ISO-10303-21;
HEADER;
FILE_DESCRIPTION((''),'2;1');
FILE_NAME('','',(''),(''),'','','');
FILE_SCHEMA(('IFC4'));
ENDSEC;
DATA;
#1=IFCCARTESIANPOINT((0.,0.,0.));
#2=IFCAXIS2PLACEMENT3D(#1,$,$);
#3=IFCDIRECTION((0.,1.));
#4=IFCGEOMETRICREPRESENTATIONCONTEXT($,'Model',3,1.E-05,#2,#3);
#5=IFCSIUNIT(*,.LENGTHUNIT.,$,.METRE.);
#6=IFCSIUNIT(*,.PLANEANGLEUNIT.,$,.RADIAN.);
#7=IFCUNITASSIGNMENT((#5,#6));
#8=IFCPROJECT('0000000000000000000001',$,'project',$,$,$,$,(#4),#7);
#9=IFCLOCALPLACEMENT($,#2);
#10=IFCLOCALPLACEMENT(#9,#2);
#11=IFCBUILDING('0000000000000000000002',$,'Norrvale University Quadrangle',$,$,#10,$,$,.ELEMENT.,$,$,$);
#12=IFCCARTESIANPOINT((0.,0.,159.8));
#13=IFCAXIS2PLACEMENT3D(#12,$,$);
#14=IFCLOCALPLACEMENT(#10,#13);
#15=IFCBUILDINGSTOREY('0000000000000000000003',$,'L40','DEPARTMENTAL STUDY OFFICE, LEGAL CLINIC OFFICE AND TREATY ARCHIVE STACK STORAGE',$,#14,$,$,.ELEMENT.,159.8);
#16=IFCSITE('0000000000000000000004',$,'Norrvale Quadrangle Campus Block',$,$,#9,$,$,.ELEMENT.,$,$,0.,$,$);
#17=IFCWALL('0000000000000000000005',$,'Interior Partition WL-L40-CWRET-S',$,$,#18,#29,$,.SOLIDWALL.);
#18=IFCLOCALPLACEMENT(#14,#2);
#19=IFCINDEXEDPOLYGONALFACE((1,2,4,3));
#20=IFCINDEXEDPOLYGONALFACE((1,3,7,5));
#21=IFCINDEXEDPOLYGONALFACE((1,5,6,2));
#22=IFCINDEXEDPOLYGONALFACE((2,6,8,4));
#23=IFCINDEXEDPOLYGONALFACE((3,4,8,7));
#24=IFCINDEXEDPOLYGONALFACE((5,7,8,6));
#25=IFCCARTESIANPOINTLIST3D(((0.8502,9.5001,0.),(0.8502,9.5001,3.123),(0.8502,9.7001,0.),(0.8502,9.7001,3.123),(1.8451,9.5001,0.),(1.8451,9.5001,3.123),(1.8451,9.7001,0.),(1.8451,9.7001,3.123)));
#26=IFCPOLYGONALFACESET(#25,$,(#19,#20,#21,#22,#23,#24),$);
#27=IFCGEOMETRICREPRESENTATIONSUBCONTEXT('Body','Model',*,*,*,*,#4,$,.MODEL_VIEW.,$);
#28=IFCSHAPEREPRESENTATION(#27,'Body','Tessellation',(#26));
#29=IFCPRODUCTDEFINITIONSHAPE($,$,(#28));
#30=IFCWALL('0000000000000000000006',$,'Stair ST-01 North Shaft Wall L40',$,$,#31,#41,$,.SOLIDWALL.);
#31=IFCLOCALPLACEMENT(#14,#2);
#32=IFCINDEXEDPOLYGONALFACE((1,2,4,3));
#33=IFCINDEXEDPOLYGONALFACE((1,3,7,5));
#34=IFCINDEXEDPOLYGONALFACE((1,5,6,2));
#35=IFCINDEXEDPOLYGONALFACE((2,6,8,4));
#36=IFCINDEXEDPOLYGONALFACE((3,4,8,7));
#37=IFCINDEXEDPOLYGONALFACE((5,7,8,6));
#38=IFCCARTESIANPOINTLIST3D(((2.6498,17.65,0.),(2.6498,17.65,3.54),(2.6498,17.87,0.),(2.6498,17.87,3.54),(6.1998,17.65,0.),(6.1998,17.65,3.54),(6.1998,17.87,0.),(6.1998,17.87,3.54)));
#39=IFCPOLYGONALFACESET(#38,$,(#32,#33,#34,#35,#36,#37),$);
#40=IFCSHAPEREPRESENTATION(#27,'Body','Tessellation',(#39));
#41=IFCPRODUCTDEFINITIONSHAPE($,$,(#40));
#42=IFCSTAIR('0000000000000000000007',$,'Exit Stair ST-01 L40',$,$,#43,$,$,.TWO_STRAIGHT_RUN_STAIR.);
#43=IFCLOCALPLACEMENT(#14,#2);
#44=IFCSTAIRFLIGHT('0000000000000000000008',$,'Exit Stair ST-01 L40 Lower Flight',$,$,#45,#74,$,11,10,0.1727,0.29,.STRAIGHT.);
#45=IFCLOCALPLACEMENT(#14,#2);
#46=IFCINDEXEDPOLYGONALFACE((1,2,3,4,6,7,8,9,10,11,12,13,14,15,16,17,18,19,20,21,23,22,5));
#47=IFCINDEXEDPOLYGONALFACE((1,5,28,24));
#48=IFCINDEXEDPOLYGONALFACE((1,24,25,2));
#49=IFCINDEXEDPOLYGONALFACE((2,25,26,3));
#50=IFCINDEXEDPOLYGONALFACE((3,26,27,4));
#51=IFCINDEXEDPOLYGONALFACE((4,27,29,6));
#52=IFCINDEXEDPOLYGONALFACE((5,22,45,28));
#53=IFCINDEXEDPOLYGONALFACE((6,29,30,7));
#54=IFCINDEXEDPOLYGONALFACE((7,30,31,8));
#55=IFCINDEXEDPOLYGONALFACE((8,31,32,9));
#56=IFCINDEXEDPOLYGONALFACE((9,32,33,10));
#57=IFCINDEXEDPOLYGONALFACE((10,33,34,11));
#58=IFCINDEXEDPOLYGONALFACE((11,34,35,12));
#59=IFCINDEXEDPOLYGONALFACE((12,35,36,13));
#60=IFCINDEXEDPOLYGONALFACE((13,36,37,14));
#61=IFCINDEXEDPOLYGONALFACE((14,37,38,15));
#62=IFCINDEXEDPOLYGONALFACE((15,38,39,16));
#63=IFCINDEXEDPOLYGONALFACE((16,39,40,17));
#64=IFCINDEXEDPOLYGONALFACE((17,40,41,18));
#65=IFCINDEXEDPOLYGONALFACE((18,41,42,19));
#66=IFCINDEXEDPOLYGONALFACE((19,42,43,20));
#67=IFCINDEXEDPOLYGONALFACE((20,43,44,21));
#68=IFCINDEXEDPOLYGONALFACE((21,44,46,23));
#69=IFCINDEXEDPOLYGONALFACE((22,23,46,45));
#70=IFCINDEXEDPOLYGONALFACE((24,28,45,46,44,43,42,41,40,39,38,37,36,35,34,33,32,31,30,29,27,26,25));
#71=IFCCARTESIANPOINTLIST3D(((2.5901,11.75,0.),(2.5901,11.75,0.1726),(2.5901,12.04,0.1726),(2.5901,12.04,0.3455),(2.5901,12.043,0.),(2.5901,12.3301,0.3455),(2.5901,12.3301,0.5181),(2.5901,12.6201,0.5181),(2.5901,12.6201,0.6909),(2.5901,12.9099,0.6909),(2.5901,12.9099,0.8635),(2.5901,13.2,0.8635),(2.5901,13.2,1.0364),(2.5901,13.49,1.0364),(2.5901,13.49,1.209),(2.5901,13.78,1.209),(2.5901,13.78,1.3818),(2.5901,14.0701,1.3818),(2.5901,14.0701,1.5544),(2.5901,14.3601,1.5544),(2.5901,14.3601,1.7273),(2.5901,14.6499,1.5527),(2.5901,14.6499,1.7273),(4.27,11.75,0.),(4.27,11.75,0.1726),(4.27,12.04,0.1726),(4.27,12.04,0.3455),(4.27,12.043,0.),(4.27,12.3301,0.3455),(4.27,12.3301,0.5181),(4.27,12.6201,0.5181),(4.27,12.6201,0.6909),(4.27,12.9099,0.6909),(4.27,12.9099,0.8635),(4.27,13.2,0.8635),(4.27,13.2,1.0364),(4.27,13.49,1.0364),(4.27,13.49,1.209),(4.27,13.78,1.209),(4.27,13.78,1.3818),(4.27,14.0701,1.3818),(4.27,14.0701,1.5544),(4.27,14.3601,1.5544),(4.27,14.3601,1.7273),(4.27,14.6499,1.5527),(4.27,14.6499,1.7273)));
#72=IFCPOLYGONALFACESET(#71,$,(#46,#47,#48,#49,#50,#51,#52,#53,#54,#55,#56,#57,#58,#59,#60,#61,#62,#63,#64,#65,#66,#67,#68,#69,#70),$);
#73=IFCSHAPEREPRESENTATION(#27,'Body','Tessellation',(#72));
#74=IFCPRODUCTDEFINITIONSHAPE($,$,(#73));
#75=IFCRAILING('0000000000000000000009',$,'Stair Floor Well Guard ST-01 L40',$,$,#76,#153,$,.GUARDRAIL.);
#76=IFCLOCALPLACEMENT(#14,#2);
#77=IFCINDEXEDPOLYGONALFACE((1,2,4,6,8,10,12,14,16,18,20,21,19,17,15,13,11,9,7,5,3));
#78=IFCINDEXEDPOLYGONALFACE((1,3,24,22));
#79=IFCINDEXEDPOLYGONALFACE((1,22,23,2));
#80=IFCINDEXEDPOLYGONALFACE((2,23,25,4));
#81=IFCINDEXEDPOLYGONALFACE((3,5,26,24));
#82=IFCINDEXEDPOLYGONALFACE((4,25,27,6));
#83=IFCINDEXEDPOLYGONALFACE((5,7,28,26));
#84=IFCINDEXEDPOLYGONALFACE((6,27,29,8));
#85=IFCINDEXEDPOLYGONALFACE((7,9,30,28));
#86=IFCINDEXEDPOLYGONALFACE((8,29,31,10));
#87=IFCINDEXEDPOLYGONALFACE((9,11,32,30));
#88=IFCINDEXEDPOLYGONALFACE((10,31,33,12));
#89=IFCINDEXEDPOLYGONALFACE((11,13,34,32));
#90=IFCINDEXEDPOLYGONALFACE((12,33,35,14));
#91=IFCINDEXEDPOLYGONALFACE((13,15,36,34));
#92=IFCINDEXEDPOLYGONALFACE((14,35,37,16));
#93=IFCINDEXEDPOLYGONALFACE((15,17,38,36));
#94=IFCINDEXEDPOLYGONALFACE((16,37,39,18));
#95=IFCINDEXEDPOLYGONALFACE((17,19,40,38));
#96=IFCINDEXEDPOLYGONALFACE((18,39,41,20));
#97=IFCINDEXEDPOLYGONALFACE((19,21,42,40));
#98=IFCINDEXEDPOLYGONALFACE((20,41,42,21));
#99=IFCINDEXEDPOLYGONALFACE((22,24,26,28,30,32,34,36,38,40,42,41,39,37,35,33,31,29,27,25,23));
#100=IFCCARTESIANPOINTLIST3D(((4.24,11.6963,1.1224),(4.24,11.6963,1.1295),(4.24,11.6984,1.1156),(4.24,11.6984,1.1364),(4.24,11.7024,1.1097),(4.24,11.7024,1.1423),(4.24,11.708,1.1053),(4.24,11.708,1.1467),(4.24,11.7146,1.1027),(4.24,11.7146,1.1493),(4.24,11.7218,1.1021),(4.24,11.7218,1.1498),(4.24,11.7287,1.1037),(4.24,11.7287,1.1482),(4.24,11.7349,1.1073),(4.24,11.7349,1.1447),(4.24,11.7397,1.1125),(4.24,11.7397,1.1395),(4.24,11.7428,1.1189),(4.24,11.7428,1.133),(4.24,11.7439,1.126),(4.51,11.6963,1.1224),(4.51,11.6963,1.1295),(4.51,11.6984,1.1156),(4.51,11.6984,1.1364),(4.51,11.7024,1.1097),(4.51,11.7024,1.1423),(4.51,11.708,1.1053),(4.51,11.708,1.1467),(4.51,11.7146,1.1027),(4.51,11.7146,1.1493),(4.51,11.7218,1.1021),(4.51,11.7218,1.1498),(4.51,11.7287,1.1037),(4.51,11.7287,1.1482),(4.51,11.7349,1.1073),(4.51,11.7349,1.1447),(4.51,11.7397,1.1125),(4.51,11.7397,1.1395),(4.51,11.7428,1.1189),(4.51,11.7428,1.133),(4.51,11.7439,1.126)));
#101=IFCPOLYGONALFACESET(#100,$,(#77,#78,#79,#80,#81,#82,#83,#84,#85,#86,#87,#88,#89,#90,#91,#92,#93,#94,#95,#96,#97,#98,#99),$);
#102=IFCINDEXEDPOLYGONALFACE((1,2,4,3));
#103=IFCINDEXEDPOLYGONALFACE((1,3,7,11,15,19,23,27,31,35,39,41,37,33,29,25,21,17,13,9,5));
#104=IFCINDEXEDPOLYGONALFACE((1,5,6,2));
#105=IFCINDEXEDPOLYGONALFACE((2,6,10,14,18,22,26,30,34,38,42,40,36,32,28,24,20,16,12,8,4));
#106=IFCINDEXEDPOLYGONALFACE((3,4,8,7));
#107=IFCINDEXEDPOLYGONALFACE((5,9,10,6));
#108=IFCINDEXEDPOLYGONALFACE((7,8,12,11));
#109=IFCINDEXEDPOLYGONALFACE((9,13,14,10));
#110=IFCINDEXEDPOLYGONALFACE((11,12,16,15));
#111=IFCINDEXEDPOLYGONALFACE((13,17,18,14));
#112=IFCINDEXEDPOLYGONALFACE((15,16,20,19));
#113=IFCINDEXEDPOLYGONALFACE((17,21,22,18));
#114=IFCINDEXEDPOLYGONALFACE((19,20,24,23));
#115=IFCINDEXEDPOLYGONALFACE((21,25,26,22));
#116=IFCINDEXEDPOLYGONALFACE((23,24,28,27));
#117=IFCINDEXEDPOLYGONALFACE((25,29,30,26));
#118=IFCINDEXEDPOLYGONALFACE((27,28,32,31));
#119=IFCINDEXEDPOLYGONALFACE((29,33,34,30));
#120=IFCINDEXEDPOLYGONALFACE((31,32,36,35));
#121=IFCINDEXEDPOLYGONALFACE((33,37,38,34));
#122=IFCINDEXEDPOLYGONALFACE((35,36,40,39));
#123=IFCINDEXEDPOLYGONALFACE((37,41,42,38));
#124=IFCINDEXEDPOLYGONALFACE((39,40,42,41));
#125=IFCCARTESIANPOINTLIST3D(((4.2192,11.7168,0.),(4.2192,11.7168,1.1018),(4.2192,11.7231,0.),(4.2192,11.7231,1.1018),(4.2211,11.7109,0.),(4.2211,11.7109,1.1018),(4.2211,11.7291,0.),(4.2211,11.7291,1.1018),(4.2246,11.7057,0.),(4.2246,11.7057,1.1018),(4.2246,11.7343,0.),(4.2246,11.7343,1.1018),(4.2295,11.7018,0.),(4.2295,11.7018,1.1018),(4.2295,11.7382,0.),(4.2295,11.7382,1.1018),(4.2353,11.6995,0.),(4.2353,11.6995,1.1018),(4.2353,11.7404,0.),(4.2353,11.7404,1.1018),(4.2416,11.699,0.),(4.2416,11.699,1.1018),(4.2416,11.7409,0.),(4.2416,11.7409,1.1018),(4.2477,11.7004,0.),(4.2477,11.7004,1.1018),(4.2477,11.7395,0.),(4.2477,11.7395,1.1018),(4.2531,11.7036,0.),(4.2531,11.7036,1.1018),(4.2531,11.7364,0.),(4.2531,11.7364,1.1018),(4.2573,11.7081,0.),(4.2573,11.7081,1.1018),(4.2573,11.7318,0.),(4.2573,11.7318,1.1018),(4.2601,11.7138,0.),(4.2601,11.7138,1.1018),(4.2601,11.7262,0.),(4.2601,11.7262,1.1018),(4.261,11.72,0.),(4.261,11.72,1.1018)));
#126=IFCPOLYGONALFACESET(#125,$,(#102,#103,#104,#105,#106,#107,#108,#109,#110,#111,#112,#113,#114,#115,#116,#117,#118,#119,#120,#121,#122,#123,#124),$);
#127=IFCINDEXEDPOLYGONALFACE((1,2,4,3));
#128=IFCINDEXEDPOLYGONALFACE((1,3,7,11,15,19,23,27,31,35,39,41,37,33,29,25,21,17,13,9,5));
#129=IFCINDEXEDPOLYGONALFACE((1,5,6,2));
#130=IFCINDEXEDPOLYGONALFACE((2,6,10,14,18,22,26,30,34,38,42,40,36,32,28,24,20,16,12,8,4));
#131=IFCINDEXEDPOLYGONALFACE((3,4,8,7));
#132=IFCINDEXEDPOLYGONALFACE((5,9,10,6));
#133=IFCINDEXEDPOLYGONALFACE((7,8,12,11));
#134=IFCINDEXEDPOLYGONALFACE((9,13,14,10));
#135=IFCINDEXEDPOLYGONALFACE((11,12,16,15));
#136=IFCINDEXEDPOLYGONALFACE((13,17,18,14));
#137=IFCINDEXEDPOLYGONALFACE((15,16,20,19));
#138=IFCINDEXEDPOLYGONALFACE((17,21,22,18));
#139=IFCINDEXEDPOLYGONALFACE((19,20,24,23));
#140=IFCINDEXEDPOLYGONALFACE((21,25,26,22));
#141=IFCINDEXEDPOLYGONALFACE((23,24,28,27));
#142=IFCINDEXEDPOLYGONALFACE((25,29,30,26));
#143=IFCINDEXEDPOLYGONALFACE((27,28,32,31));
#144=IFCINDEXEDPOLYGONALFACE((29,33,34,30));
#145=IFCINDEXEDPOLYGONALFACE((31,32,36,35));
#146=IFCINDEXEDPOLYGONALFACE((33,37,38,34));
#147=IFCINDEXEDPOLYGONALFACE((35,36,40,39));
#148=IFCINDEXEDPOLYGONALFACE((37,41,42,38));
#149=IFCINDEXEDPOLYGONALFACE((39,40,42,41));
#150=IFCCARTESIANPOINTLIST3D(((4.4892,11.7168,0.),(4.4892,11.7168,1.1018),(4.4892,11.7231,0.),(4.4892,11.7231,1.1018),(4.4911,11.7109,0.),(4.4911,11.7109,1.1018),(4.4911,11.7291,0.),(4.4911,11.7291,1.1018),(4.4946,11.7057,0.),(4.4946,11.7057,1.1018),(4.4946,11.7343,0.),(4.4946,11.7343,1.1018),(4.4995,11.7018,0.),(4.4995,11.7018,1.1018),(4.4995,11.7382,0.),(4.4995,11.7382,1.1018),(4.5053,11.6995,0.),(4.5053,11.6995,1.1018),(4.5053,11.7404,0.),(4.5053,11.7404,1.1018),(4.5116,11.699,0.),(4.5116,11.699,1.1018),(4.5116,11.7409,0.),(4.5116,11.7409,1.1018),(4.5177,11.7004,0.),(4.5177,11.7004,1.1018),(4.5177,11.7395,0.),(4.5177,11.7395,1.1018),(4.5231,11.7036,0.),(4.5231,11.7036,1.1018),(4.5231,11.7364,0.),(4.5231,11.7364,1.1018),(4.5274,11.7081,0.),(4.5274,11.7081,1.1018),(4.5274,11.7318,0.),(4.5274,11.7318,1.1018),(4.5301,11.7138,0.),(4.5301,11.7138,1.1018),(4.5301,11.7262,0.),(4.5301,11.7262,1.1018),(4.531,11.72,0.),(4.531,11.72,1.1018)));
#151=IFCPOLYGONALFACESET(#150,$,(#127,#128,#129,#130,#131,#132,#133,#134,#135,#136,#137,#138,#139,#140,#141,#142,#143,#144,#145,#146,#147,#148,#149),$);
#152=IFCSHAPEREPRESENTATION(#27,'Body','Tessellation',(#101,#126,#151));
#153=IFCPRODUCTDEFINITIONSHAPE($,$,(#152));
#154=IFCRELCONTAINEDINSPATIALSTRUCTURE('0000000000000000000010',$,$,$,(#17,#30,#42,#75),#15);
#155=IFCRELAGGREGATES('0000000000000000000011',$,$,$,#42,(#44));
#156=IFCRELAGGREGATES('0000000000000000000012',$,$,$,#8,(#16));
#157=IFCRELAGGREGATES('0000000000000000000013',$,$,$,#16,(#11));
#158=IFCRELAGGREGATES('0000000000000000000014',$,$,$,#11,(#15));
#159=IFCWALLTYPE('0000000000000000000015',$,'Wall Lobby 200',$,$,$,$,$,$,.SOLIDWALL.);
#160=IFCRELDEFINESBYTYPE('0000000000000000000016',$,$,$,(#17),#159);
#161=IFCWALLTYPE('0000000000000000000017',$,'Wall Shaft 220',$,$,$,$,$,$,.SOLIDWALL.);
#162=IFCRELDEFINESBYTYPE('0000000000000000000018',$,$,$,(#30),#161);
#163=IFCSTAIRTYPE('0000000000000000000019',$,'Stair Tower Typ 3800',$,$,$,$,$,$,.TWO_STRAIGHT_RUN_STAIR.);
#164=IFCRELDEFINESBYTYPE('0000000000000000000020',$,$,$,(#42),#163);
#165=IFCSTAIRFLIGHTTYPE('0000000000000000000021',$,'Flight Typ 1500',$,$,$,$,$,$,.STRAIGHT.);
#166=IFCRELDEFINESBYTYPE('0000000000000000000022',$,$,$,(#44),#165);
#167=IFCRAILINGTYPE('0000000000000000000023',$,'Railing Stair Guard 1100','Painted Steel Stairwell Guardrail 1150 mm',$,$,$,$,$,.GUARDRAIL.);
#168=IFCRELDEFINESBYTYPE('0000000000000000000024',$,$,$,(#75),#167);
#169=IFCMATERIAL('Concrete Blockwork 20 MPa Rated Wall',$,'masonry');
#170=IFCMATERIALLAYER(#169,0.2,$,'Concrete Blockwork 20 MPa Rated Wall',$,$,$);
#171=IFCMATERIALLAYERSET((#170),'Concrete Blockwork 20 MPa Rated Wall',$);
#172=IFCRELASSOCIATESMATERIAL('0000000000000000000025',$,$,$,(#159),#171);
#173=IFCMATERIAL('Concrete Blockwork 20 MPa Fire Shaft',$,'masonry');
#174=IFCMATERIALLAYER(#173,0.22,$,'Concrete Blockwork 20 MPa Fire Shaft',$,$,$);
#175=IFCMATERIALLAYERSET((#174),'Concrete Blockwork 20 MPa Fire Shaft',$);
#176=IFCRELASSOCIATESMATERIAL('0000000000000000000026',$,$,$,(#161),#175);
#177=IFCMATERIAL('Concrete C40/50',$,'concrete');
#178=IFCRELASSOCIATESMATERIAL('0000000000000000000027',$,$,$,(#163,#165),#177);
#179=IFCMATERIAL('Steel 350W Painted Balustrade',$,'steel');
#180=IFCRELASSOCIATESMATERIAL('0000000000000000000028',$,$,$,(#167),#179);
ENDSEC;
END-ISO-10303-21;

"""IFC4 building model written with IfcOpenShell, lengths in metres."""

from ifc_helpers import new_model, si_unit, direction, frame, frame_2d, origin, origin_2d, place, context, subcontext, project, spatial, polyline, rectangle, circle, outline, extrude, material, layer, layer_set, type_object, element, aggregate, save


model = new_model("IFC4")

# Units and contexts
model_context = context("Model", 3, precision=1e-05, world=origin(), true_north=direction((0.0, 1.0)))
body_context = subcontext(model_context, "Body", "Model", "MODEL_VIEW")
ifc_project = project(units=[si_unit("LENGTHUNIT", "METRE"), si_unit("PLANEANGLEUNIT", "RADIAN")], contexts=[model_context])

# Site, building, storey
site_placement = place(None, origin())
site = spatial("IfcSite", under=ifc_project, at=site_placement, Name="Norrvale Quadrangle Campus Block", CompositionType="ELEMENT", RefElevation=0.0)
building_placement = place(site_placement, origin())
building = spatial("IfcBuilding", under=site, at=building_placement, Name="Norrvale University Quadrangle", CompositionType="ELEMENT")
storey_placement = place(building_placement, frame((0.0, 0.0, 159.8)))
storey = spatial("IfcBuildingStorey", under=building, at=storey_placement, Name="L40", Description="DEPARTMENTAL STUDY OFFICE, LEGAL CLINIC OFFICE AND TREATY ARCHIVE STACK STORAGE", CompositionType="ELEMENT", Elevation=159.8)

# Walls
ifc_material_1 = material(Name="Concrete Blockwork 20 MPa Rated Wall", Category="masonry")
ifc_layer_1 = layer(ifc_material_1, 0.2, Name="Concrete Blockwork 20 MPa Rated Wall")
ifc_layer_set_1 = layer_set([ifc_layer_1], Name="Concrete Blockwork 20 MPa Rated Wall")
wall_type_1 = type_object("IfcWallType", Name="Wall Lobby 200", PredefinedType="SOLIDWALL", material=ifc_layer_set_1)
wall_1_placement = place(storey_placement, frame((0.8501, 9.6001, 0.0), z_axis=(0.0, 0.0, 1.0), x_axis=(1.0, 0.0, 0.0)))
element("IfcWall", 1, at=wall_1_placement, inside=storey, type_object=wall_type_1, Name="Interior Partition WL-L40-CWRET-S", PredefinedType="SOLIDWALL", context=body_context, shape_type="SweptSolid", body=[
    extrude(rectangle(XDim=0.9949, YDim=0.2, at=frame_2d((0.4976, 0.0))), origin(), (0.0, 0.0, 1.0), 3.123),
])
ifc_material_2 = material(Name="Concrete Blockwork 20 MPa Fire Shaft", Category="masonry")
ifc_layer_2 = layer(ifc_material_2, 0.22, Name="Concrete Blockwork 20 MPa Fire Shaft")
ifc_layer_set_2 = layer_set([ifc_layer_2], Name="Concrete Blockwork 20 MPa Fire Shaft")
wall_type_2 = type_object("IfcWallType", Name="Wall Shaft 220", PredefinedType="SOLIDWALL", material=ifc_layer_set_2)
wall_2_placement = place(storey_placement, frame((2.6499, 17.76, 0.0), z_axis=(0.0, 0.0, 1.0), x_axis=(1.0, 0.0, 0.0)))
element("IfcWall", 2, at=wall_2_placement, inside=storey, type_object=wall_type_2, Name="Stair ST-01 North Shaft Wall L40", PredefinedType="SOLIDWALL", context=body_context, shape_type="SweptSolid", body=[
    extrude(rectangle(XDim=3.55, YDim=0.22, at=frame_2d((1.7749, 0.0))), origin(), (0.0, 0.0, 1.0), 3.54),
])

# Stair, stair flight
ifc_material_3 = material(Name="Concrete C40/50", Category="concrete")
stair_type = type_object("IfcStairType", Name="Stair Tower Typ 3800", PredefinedType="TWO_STRAIGHT_RUN_STAIR", material=ifc_material_3)
stair_placement = place(storey_placement, origin())
stair = element("IfcStair", 3, at=stair_placement, inside=storey, type_object=stair_type, Name="Exit Stair ST-01 L40", PredefinedType="TWO_STRAIGHT_RUN_STAIR")
stair_flight_type = type_object("IfcStairFlightType", Name="Flight Typ 1500", PredefinedType="STRAIGHT", material=ifc_material_3)
stair_flight_placement = place(storey_placement, frame((3.4299, 11.75, 0.0), z_axis=(0.0, 0.0, 1.0), x_axis=(0.0, 1.0, 0.0)))
stair_flight = element("IfcStairFlight", 4, at=stair_flight_placement, type_object=stair_flight_type, Name="Exit Stair ST-01 L40 Lower Flight", NumberOfRisers=11, NumberOfTreads=10, PredefinedType="STRAIGHT", RiserHeight=0.1727, TreadLength=0.29, context=body_context, shape_type="SweptSolid", body=[
    extrude(outline(polyline([(0.0, 0.0), (0.0, 0.1726), (0.29, 0.1726), (0.29, 0.3455), (0.5801, 0.3455), (0.5801, 0.5181), (0.8701, 0.5181), (0.8701, 0.6909), (1.1599, 0.6909), (1.1599, 0.8635), (1.45, 0.8635), (1.45, 1.0364), (1.74, 1.0364), (1.74, 1.209), (2.03, 1.209), (2.03, 1.3818), (2.3201, 1.3818), (2.3201, 1.5544), (2.6101, 1.5544), (2.6101, 1.7273), (2.8999, 1.7273), (2.8999, 1.8999), (2.8999, 1.5527), (0.293, 0.0), (0.0, 0.0)])), frame((0.0, 0.8398, 0.0), z_axis=(0.0, -1.0, 0.0), x_axis=(1.0, 0.0, 0.0)), (0.0, 0.0, 1.0), 1.6799),
])
aggregate(stair, [stair_flight])

# Railing
ifc_material_4 = material(Name="Steel 350W Painted Balustrade", Category="steel")
railing_type_1 = type_object("IfcRailingType", Name="Railing Stair Guard 1100", Description="Painted Steel Stairwell Guardrail 1150 mm", PredefinedType="GUARDRAIL", material=ifc_material_4)
for number, where, name in (
    (5, (4.24, 11.72, 0.0), "Stair Floor Well Guard ST-01 L40"),
):
    element("IfcRailing", number, at=place(storey_placement, frame(where)), inside=storey, type_object=railing_type_1, Name=name, PredefinedType="GUARDRAIL", context=body_context, shape_type="SweptSolid", body=[
        extrude(circle(Radius=0.0239, at=origin_2d()), frame((0.0, 0.0, 1.126), z_axis=(1.0, 0.0, 0.0), x_axis=(0.0, 1.0, 0.0)), (0.0, 0.0, 1.0), 0.27),
        extrude(circle(Radius=0.021, at=origin_2d()), origin(), (0.0, 0.0, 1.0), 1.1018),
        extrude(circle(Radius=0.021, at=origin_2d()), frame((0.27, 0.0, 0.0)), (0.0, 0.0, 1.0), 1.1018),
    ])

save(model, "model.ifc")
